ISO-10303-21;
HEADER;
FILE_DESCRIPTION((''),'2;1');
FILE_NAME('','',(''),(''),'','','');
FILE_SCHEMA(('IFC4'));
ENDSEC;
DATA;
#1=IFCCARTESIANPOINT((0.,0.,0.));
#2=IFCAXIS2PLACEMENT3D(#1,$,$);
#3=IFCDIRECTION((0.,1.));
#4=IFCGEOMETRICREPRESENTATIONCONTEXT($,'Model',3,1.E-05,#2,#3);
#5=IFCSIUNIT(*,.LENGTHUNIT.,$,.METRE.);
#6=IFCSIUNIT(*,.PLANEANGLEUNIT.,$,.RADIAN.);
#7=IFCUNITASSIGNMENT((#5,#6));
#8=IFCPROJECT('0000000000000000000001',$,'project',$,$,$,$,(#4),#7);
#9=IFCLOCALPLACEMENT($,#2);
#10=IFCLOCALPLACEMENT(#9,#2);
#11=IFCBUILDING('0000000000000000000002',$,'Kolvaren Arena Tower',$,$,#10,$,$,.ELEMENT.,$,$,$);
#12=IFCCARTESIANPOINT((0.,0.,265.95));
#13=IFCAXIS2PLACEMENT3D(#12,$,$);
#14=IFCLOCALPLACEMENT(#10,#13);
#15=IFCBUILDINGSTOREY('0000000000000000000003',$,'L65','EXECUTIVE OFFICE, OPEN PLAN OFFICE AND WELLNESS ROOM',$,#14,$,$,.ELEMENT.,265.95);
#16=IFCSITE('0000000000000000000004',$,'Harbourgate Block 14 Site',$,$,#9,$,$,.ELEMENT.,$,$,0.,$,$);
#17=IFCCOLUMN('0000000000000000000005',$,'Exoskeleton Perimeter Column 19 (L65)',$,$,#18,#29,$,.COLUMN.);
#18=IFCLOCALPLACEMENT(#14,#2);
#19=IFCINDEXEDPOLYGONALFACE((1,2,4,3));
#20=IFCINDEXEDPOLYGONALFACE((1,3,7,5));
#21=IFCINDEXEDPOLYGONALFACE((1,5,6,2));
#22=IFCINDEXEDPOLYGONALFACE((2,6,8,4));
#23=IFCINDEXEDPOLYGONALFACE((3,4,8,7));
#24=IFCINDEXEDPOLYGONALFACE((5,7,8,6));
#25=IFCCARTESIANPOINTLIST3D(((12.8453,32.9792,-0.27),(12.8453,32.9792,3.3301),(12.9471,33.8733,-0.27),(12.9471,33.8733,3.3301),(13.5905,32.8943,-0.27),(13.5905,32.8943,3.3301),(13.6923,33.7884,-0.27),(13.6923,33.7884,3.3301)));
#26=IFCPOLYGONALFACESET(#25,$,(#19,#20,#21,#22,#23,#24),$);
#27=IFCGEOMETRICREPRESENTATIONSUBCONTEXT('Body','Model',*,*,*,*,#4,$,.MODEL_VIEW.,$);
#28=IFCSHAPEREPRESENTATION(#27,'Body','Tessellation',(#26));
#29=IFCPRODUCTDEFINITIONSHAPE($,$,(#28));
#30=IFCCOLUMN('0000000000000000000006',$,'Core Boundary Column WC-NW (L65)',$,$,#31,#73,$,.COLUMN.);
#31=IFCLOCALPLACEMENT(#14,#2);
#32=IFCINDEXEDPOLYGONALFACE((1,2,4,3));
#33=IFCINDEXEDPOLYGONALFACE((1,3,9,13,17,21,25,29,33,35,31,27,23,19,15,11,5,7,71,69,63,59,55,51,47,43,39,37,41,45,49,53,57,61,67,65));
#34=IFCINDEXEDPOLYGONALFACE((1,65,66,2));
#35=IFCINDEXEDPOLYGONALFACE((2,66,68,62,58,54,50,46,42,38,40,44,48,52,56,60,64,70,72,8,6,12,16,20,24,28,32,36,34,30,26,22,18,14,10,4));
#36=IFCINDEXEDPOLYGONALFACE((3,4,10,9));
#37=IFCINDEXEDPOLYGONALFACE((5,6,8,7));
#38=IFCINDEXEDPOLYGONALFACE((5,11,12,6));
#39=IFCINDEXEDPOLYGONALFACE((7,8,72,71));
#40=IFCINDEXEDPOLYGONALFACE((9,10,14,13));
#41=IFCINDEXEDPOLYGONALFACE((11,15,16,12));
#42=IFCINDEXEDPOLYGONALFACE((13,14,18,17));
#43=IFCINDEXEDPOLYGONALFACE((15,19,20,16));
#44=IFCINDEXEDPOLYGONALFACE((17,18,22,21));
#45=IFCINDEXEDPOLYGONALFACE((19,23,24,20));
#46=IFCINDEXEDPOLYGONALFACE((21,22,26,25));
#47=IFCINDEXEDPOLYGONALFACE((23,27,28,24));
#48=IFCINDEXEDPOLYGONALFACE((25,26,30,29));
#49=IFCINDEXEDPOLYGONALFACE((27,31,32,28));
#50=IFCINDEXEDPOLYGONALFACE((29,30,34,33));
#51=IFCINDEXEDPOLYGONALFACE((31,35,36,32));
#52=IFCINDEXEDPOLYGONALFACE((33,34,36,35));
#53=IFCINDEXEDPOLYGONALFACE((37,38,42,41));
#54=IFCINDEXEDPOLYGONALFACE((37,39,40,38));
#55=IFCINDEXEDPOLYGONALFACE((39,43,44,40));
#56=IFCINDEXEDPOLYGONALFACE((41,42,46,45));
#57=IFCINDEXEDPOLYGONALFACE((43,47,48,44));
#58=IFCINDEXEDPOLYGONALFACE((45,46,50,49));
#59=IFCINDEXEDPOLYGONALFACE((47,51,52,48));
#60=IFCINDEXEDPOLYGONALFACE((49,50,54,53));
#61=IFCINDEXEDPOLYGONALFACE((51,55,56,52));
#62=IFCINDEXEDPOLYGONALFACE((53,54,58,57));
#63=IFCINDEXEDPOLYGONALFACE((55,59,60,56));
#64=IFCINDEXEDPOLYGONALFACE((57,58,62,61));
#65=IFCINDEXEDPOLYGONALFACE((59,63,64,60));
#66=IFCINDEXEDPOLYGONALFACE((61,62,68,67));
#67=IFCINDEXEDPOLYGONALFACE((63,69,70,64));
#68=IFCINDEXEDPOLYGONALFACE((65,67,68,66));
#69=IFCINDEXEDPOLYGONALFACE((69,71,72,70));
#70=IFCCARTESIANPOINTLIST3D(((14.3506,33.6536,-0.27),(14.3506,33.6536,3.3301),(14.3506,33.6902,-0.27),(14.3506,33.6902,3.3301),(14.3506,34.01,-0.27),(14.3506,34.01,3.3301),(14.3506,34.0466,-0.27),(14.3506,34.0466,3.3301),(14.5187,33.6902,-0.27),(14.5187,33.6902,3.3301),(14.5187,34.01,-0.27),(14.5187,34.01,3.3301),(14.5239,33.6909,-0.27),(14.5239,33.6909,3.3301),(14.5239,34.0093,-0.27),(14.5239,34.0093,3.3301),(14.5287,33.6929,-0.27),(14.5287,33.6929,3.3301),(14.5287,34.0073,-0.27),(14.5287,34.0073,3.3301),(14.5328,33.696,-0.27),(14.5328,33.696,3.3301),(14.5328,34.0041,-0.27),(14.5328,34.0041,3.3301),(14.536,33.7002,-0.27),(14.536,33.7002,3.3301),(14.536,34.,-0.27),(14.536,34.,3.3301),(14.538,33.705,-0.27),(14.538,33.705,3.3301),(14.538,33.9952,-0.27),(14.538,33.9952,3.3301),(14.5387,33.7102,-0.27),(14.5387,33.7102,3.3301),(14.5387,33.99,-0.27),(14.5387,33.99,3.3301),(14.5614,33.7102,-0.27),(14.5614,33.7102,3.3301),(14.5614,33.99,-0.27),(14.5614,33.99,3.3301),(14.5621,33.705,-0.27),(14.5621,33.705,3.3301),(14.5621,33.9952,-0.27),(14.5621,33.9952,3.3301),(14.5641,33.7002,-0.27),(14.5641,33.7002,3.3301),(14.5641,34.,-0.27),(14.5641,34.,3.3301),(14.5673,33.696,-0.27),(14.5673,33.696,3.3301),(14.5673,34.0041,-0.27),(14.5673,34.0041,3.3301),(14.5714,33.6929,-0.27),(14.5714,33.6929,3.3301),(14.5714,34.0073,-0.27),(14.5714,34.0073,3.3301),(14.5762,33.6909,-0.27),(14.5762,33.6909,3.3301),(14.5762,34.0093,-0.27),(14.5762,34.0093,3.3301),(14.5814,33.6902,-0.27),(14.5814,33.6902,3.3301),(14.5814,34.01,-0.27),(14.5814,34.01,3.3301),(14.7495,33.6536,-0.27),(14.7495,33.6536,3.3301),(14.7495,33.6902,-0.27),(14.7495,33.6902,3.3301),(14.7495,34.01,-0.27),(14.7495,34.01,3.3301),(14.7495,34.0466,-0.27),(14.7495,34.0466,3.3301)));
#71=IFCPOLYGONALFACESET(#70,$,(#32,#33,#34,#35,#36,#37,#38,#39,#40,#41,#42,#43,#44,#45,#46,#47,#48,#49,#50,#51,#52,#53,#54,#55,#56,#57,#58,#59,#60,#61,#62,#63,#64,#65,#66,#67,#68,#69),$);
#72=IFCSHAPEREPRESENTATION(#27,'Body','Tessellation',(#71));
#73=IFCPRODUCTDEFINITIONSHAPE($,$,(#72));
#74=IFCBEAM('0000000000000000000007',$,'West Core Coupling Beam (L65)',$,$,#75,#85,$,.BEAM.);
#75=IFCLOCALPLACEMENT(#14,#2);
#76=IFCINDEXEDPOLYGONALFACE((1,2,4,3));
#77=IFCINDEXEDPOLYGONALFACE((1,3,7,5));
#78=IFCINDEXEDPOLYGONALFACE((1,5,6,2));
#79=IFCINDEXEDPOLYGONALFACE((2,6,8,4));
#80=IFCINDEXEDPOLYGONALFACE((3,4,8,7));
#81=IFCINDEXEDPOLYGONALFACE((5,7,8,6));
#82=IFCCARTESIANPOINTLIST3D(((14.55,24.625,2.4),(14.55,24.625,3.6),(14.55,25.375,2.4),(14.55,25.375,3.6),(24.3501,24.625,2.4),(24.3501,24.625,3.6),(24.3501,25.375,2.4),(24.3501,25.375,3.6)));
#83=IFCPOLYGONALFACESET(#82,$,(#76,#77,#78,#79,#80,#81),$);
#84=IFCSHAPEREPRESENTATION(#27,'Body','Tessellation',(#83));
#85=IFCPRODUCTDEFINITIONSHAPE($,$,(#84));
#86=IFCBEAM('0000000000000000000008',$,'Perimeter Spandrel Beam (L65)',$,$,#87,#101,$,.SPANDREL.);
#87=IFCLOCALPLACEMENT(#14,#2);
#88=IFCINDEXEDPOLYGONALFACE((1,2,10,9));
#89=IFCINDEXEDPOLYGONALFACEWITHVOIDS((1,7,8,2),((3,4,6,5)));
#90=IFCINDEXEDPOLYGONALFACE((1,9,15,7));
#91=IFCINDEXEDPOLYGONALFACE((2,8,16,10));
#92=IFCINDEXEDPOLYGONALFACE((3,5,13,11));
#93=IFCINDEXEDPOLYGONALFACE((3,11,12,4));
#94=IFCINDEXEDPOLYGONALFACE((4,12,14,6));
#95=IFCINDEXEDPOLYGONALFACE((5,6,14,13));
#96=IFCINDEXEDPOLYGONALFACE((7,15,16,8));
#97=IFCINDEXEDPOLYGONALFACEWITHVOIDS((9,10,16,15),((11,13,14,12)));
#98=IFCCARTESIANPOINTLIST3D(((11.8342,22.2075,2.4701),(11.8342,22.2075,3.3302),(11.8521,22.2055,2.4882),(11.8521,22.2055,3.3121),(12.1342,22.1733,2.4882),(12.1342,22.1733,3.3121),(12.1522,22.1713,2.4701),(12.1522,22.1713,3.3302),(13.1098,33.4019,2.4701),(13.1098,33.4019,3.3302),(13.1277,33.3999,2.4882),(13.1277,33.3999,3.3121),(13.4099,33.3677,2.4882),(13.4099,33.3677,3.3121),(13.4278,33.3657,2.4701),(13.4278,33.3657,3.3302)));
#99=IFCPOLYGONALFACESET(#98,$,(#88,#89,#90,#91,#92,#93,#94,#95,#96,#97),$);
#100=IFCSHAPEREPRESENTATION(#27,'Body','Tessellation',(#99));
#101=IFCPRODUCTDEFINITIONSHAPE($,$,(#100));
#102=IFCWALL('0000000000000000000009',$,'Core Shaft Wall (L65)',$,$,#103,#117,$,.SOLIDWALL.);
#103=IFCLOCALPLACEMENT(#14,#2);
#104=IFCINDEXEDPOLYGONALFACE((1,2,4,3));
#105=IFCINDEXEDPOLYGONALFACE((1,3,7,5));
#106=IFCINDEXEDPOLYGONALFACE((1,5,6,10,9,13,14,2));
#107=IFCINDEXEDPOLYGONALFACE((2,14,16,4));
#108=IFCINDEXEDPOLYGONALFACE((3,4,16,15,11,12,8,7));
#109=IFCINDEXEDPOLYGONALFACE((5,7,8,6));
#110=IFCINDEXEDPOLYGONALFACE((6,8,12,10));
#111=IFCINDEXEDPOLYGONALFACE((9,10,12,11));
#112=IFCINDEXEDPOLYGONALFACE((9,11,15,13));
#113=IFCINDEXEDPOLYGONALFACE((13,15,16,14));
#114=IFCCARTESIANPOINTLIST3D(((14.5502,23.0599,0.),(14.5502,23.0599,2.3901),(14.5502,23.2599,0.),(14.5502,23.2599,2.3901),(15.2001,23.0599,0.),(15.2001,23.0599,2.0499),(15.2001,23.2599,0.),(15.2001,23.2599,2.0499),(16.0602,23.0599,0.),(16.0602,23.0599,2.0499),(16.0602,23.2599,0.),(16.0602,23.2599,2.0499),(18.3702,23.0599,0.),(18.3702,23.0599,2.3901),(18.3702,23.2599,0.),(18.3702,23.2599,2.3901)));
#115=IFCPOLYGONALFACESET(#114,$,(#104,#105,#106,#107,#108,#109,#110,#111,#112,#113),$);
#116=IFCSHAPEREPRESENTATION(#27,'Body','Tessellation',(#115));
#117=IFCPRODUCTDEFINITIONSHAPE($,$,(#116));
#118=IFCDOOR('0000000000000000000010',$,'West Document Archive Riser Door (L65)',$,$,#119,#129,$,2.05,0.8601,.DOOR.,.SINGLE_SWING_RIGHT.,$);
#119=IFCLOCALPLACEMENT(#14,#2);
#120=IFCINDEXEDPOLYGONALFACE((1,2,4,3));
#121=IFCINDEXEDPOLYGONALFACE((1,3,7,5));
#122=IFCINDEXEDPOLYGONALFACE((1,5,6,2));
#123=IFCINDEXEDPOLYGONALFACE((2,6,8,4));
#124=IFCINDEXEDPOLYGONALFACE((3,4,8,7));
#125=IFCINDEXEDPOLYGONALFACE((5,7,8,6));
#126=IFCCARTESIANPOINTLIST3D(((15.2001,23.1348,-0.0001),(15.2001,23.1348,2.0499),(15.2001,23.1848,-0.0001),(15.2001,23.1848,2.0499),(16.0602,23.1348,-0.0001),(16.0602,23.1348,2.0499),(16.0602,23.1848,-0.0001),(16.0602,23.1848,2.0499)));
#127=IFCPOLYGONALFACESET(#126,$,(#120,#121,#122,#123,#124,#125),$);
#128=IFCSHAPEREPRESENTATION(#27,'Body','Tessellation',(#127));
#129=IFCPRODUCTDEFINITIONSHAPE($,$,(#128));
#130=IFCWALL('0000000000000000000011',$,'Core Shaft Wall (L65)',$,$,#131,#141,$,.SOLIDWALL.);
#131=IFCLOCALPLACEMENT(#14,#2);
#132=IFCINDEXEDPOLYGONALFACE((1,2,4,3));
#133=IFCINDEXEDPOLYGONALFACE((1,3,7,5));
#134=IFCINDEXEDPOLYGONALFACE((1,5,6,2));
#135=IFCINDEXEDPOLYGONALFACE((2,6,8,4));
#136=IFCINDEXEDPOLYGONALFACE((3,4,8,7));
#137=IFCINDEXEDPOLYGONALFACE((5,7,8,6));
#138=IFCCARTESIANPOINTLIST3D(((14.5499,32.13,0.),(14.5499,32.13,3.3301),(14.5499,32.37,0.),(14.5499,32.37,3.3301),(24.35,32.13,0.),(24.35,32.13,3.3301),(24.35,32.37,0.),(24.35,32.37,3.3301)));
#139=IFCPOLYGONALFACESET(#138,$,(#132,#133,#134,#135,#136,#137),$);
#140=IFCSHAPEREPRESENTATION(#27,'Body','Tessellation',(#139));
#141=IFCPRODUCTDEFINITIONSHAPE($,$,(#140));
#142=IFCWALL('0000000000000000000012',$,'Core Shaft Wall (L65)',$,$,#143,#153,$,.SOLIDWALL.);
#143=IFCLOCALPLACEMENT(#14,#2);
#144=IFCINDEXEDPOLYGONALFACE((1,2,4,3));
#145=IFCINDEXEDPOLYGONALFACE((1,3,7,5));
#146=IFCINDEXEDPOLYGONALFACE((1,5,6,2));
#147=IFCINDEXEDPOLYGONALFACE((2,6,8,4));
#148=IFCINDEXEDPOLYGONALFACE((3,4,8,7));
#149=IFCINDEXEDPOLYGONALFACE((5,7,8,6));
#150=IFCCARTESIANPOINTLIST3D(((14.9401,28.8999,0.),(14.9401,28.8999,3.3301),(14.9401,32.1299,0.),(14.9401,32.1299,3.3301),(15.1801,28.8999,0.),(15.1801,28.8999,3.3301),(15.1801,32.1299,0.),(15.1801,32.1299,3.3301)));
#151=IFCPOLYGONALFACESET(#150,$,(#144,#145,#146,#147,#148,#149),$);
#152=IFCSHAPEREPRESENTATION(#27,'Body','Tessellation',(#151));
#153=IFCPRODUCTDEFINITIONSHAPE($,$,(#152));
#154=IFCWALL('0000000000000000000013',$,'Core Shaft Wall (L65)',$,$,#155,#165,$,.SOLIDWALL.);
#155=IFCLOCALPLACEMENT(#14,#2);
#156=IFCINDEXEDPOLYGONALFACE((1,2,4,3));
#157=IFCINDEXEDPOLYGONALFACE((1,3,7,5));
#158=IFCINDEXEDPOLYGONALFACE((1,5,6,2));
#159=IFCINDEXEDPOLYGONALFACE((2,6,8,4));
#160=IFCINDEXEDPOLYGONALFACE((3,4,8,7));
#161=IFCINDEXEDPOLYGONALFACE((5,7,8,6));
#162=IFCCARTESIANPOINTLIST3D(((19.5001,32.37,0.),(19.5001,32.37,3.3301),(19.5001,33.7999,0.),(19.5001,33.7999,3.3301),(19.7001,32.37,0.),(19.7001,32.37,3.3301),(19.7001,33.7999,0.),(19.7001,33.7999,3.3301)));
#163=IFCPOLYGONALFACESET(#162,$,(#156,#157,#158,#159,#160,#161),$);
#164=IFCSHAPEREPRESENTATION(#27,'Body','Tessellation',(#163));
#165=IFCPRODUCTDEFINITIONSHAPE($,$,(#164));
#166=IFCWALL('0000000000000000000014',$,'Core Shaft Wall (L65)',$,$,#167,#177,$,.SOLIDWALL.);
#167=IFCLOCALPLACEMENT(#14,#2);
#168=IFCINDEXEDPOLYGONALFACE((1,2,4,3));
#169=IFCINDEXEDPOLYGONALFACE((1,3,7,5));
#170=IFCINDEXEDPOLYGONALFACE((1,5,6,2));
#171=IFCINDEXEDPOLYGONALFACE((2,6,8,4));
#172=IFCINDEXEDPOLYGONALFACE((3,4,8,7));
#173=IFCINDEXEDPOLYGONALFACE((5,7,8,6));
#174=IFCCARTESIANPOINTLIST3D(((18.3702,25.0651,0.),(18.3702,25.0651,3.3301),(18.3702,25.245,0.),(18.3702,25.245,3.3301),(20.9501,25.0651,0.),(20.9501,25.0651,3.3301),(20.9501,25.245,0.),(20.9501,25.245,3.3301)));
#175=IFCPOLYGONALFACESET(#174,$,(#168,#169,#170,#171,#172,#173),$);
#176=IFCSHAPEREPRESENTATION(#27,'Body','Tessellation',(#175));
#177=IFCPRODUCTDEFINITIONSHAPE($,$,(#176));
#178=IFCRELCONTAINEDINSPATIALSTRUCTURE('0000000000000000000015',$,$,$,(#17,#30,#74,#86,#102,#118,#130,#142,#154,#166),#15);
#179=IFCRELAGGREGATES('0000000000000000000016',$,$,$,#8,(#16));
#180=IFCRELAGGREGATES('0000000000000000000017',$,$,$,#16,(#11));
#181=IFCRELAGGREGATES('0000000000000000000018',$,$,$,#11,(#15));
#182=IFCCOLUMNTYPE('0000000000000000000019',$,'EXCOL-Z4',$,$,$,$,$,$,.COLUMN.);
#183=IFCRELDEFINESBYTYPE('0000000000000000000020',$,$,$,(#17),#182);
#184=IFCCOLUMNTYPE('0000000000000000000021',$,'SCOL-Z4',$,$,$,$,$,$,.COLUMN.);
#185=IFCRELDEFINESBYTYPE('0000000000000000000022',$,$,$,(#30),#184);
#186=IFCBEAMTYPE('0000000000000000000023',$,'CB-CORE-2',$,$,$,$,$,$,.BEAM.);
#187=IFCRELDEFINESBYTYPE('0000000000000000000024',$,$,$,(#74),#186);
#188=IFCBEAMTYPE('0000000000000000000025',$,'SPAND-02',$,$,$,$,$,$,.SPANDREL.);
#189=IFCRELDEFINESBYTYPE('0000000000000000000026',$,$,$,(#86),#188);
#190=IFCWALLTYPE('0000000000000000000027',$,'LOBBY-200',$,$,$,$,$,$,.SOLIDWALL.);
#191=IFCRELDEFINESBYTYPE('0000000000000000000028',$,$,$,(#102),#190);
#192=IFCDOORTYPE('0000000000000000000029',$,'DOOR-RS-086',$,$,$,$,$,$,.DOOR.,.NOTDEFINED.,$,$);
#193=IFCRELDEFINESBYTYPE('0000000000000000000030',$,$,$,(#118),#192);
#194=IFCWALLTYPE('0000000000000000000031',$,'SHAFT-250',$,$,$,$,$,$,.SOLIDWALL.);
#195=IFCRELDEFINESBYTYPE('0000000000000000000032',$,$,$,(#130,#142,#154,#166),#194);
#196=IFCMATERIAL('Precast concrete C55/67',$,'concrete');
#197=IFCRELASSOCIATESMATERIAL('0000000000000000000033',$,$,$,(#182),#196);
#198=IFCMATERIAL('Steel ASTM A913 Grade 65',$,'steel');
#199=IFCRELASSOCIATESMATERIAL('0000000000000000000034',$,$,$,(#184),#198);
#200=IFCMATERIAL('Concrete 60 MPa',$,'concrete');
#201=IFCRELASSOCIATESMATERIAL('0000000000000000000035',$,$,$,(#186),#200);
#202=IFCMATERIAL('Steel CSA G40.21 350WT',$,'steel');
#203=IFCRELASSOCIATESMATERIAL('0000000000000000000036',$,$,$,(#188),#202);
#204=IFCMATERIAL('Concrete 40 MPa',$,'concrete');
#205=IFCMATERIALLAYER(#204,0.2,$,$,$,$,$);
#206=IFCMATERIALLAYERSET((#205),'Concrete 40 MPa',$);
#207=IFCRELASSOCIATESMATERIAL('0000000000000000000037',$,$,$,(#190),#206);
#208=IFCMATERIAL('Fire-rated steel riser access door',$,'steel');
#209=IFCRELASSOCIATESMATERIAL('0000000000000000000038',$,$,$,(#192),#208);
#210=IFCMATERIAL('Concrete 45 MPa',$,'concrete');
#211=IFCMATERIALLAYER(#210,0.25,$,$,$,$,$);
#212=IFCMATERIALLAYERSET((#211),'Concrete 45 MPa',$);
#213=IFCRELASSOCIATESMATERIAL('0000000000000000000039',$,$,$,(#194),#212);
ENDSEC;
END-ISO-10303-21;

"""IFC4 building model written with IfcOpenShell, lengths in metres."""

from ifc_helpers import new_model, si_unit, direction, frame, frame_2d, origin, origin_2d, place, context, subcontext, project, spatial, rectangle, hollow_rectangle, i_section, extrude, material, layer, layer_set, material_profile, profile_set, type_object, element, fill, save


model = new_model("IFC4")

# Units and contexts
model_context = context("Model", 3, precision=1e-05, world=origin(), true_north=direction((0.0, 1.0)))
body_context = subcontext(model_context, "Body", "Model", "MODEL_VIEW")
ifc_project = project(units=[si_unit("LENGTHUNIT", "METRE"), si_unit("PLANEANGLEUNIT", "RADIAN")], contexts=[model_context])

# Site, building, storey
site_placement = place(None, origin())
site = spatial("IfcSite", under=ifc_project, at=site_placement, Name="Harbourgate Block 14 Site", CompositionType="ELEMENT", RefElevation=0.0)
building_placement = place(site_placement, origin())
building = spatial("IfcBuilding", under=site, at=building_placement, Name="Kolvaren Arena Tower", CompositionType="ELEMENT")
storey_placement = place(building_placement, frame((0.0, 0.0, 265.95)))
storey = spatial("IfcBuildingStorey", under=building, at=storey_placement, Name="L65", Description="EXECUTIVE OFFICE, OPEN PLAN OFFICE AND WELLNESS ROOM", CompositionType="ELEMENT", Elevation=265.95)

# Columns
ifc_material_1 = material(Name="Precast concrete C55/67", Category="concrete")
ifc_material_profile_1 = material_profile(ifc_material_1, rectangle(XDim=0.8999, YDim=0.75, at=origin_2d()), Name="RC-900x750")
ifc_profile_set_1 = profile_set([ifc_material_profile_1], Name="Precast concrete C55/67")
column_type_1 = type_object("IfcColumnType", Name="EXCOL-Z4", PredefinedType="COLUMN", material=ifc_profile_set_1)
column_1_placement = place(storey_placement, frame((13.2688, 33.3838, -0.27), z_axis=(0.0, 0.0, 1.0), x_axis=(0.113203, 0.993572, 0.0)))
element("IfcColumn", 1, at=column_1_placement, inside=storey, type_object=column_type_1, Name="Exoskeleton Perimeter Column 19 (L65)", PredefinedType="COLUMN", context=body_context, shape_type="SweptSolid", body=[
    extrude(rectangle(XDim=0.8999, YDim=0.75, at=origin_2d()), origin(), (0.0, 0.0, 1.0), 3.6001),
])
ifc_material_2 = material(Name="Steel ASTM A913 Grade 65", Category="steel")
ifc_material_profile_2 = material_profile(ifc_material_2, i_section(OverallWidth=0.3989, OverallDepth=0.3931, WebThickness=0.0227, FlangeThickness=0.0366, FilletRadius=0.02, at=origin_2d()), Name="W360x287")
ifc_profile_set_2 = profile_set([ifc_material_profile_2], Name="Steel ASTM A913 Grade 65")
column_type_2 = type_object("IfcColumnType", Name="SCOL-Z4", PredefinedType="COLUMN", material=ifc_profile_set_2)
column_2_placement = place(storey_placement, frame((14.55, 33.8501, -0.27), z_axis=(0.0, 0.0, 1.0), x_axis=(1.0, 0.0, 0.0)))
element("IfcColumn", 2, at=column_2_placement, inside=storey, type_object=column_type_2, Name="Core Boundary Column WC-NW (L65)", PredefinedType="COLUMN", context=body_context, shape_type="SweptSolid", body=[
    extrude(i_section(OverallWidth=0.3989, OverallDepth=0.3931, WebThickness=0.0227, FlangeThickness=0.0366, FilletRadius=0.02, at=origin_2d()), origin(), (0.0, 0.0, 1.0), 3.6001),
])

# Beams
ifc_material_3 = material(Name="Concrete 60 MPa", Category="concrete")
ifc_material_profile_3 = material_profile(ifc_material_3, rectangle(XDim=0.75, YDim=1.2, at=origin_2d()), Name="RC-750x1200")
ifc_profile_set_3 = profile_set([ifc_material_profile_3], Name="Concrete 60 MPa")
beam_type_1 = type_object("IfcBeamType", Name="CB-CORE-2", PredefinedType="BEAM", material=ifc_profile_set_3)
beam_1_placement = place(storey_placement, frame((14.55, 25.0, 3.0), z_axis=(1.0, 0.0, 0.0), x_axis=(0.0, 1.0, 0.0)))
element("IfcBeam", 3, at=beam_1_placement, inside=storey, type_object=beam_type_1, Name="West Core Coupling Beam (L65)", PredefinedType="BEAM", context=body_context, shape_type="SweptSolid", body=[
    extrude(rectangle(XDim=0.75, YDim=1.2, at=origin_2d()), origin(), (0.0, 0.0, 1.0), 9.8),
])
ifc_material_4 = material(Name="Steel CSA G40.21 350WT", Category="steel")
ifc_material_profile_4 = material_profile(ifc_material_4, hollow_rectangle(XDim=0.3201, YDim=0.8601, WallThickness=0.0181, at=origin_2d()), Name="HSS 860x320x18")
ifc_profile_set_4 = profile_set([ifc_material_profile_4], Name="Steel CSA G40.21 350WT")
beam_type_2 = type_object("IfcBeamType", Name="SPAND-02", PredefinedType="SPANDREL", material=ifc_profile_set_4)
beam_2_placement = place(storey_placement, frame((13.2688, 33.3838, 2.9001), z_axis=(-0.113221, -0.99357, 0.0), x_axis=(0.99357, -0.113221, 0.0)))
element("IfcBeam", 4, at=beam_2_placement, inside=storey, type_object=beam_type_2, Name="Perimeter Spandrel Beam (L65)", PredefinedType="SPANDREL", context=body_context, shape_type="SweptSolid", body=[
    extrude(hollow_rectangle(XDim=0.3201, YDim=0.8601, WallThickness=0.0181, at=origin_2d()), origin(), (0.0, 0.0, 1.0), 11.2668),
])

# Wall, opening, door
ifc_material_5 = material(Name="Concrete 40 MPa", Category="concrete")
ifc_layer_1 = layer(ifc_material_5, 0.2)
ifc_layer_set_1 = layer_set([ifc_layer_1], Name="Concrete 40 MPa")
wall_type_1 = type_object("IfcWallType", Name="LOBBY-200", PredefinedType="SOLIDWALL", material=ifc_layer_set_1)
wall_1_placement = place(storey_placement, frame((14.55, 23.1599, 0.0), z_axis=(0.0, 0.0, 1.0), x_axis=(1.0, 0.0, 0.0)))
wall_1 = element("IfcWall", 5, at=wall_1_placement, inside=storey, type_object=wall_type_1, Name="Core Shaft Wall (L65)", PredefinedType="SOLIDWALL", context=body_context, shape_type="SweptSolid", body=[
    extrude(rectangle(XDim=3.8201, YDim=0.2, at=frame_2d((1.9102, 0.0))), origin(), (0.0, 0.0, 1.0), 2.3901),
])
opening_1_placement = place(wall_1_placement, frame((0.6499, 0.0, 0.0)))
opening_1 = element("IfcOpeningElement", 6, at=opening_1_placement, cuts=wall_1, PredefinedType="OPENING", context=body_context, shape_type="SweptSolid", body=[
    extrude(rectangle(XDim=0.8601, YDim=2.05, at=frame_2d((0.4302, 1.0249))), frame((0.0, 0.1099, 0.0), z_axis=(0.0, -1.0, 0.0), x_axis=(1.0, 0.0, 0.0)), (0.0, 0.0, 1.0), 0.22),
])
ifc_material_6 = material(Name="Fire-rated steel riser access door", Category="steel")
door_type_1 = type_object("IfcDoorType", Name="DOOR-RS-086", OperationType="NOTDEFINED", PredefinedType="DOOR", material=ifc_material_6)
door_1_placement = place(opening_1_placement, origin())
door_1 = element("IfcDoor", 7, at=door_1_placement, inside=storey, type_object=door_type_1, Name="West Document Archive Riser Door (L65)", OperationType="SINGLE_SWING_RIGHT", OverallHeight=2.05, OverallWidth=0.8601, PredefinedType="DOOR", context=body_context, shape_type="SweptSolid", body=[
    extrude(rectangle(XDim=0.8601, YDim=2.05, at=frame_2d((0.4302, 1.0249))), frame((0.0, 0.0249, 0.0), z_axis=(0.0, -1.0, 0.0), x_axis=(1.0, 0.0, 0.0)), (0.0, 0.0, 1.0), 0.05),
])
fill(opening_1, door_1)

# Walls
ifc_material_7 = material(Name="Concrete 45 MPa", Category="concrete")
ifc_layer_2 = layer(ifc_material_7, 0.25)
ifc_layer_set_2 = layer_set([ifc_layer_2], Name="Concrete 45 MPa")
wall_type_2 = type_object("IfcWallType", Name="SHAFT-250", PredefinedType="SOLIDWALL", material=ifc_layer_set_2)
wall_2_placement = place(storey_placement, frame((14.55, 32.25, 0.0), z_axis=(0.0, 0.0, 1.0), x_axis=(1.0, 0.0, 0.0)))
element("IfcWall", 8, at=wall_2_placement, inside=storey, type_object=wall_type_2, Name="Core Shaft Wall (L65)", PredefinedType="SOLIDWALL", context=body_context, shape_type="SweptSolid", body=[
    extrude(rectangle(XDim=9.8, YDim=0.24, at=frame_2d((4.8999, 0.0))), origin(), (0.0, 0.0, 1.0), 3.3301),
])
wall_3_placement = place(storey_placement, frame((15.0601, 28.8999, 0.0), z_axis=(0.0, 0.0, 1.0), x_axis=(0.0, 1.0, 0.0)))
element("IfcWall", 9, at=wall_3_placement, inside=storey, type_object=wall_type_2, Name="Core Shaft Wall (L65)", PredefinedType="SOLIDWALL", context=body_context, shape_type="SweptSolid", body=[
    extrude(rectangle(XDim=3.23, YDim=0.24, at=frame_2d((1.615, 0.0))), origin(), (0.0, 0.0, 1.0), 3.3301),
])
wall_4_placement = place(storey_placement, frame((19.6001, 32.3701, 0.0), z_axis=(0.0, 0.0, 1.0), x_axis=(0.0, 1.0, 0.0)))
element("IfcWall", 10, at=wall_4_placement, inside=storey, type_object=wall_type_2, Name="Core Shaft Wall (L65)", PredefinedType="SOLIDWALL", context=body_context, shape_type="SweptSolid", body=[
    extrude(rectangle(XDim=1.4299, YDim=0.2, at=frame_2d((0.7148, 0.0))), origin(), (0.0, 0.0, 1.0), 3.3301),
])
wall_5_placement = place(storey_placement, frame((18.3701, 25.155, 0.0), z_axis=(0.0, 0.0, 1.0), x_axis=(1.0, 0.0, 0.0)))
element("IfcWall", 11, at=wall_5_placement, inside=storey, type_object=wall_type_2, Name="Core Shaft Wall (L65)", PredefinedType="SOLIDWALL", context=body_context, shape_type="SweptSolid", body=[
    extrude(rectangle(XDim=2.5798, YDim=0.1799, at=frame_2d((1.29, 0.0))), origin(), (0.0, 0.0, 1.0), 3.3301),
])

save(model, "model.ifc")
